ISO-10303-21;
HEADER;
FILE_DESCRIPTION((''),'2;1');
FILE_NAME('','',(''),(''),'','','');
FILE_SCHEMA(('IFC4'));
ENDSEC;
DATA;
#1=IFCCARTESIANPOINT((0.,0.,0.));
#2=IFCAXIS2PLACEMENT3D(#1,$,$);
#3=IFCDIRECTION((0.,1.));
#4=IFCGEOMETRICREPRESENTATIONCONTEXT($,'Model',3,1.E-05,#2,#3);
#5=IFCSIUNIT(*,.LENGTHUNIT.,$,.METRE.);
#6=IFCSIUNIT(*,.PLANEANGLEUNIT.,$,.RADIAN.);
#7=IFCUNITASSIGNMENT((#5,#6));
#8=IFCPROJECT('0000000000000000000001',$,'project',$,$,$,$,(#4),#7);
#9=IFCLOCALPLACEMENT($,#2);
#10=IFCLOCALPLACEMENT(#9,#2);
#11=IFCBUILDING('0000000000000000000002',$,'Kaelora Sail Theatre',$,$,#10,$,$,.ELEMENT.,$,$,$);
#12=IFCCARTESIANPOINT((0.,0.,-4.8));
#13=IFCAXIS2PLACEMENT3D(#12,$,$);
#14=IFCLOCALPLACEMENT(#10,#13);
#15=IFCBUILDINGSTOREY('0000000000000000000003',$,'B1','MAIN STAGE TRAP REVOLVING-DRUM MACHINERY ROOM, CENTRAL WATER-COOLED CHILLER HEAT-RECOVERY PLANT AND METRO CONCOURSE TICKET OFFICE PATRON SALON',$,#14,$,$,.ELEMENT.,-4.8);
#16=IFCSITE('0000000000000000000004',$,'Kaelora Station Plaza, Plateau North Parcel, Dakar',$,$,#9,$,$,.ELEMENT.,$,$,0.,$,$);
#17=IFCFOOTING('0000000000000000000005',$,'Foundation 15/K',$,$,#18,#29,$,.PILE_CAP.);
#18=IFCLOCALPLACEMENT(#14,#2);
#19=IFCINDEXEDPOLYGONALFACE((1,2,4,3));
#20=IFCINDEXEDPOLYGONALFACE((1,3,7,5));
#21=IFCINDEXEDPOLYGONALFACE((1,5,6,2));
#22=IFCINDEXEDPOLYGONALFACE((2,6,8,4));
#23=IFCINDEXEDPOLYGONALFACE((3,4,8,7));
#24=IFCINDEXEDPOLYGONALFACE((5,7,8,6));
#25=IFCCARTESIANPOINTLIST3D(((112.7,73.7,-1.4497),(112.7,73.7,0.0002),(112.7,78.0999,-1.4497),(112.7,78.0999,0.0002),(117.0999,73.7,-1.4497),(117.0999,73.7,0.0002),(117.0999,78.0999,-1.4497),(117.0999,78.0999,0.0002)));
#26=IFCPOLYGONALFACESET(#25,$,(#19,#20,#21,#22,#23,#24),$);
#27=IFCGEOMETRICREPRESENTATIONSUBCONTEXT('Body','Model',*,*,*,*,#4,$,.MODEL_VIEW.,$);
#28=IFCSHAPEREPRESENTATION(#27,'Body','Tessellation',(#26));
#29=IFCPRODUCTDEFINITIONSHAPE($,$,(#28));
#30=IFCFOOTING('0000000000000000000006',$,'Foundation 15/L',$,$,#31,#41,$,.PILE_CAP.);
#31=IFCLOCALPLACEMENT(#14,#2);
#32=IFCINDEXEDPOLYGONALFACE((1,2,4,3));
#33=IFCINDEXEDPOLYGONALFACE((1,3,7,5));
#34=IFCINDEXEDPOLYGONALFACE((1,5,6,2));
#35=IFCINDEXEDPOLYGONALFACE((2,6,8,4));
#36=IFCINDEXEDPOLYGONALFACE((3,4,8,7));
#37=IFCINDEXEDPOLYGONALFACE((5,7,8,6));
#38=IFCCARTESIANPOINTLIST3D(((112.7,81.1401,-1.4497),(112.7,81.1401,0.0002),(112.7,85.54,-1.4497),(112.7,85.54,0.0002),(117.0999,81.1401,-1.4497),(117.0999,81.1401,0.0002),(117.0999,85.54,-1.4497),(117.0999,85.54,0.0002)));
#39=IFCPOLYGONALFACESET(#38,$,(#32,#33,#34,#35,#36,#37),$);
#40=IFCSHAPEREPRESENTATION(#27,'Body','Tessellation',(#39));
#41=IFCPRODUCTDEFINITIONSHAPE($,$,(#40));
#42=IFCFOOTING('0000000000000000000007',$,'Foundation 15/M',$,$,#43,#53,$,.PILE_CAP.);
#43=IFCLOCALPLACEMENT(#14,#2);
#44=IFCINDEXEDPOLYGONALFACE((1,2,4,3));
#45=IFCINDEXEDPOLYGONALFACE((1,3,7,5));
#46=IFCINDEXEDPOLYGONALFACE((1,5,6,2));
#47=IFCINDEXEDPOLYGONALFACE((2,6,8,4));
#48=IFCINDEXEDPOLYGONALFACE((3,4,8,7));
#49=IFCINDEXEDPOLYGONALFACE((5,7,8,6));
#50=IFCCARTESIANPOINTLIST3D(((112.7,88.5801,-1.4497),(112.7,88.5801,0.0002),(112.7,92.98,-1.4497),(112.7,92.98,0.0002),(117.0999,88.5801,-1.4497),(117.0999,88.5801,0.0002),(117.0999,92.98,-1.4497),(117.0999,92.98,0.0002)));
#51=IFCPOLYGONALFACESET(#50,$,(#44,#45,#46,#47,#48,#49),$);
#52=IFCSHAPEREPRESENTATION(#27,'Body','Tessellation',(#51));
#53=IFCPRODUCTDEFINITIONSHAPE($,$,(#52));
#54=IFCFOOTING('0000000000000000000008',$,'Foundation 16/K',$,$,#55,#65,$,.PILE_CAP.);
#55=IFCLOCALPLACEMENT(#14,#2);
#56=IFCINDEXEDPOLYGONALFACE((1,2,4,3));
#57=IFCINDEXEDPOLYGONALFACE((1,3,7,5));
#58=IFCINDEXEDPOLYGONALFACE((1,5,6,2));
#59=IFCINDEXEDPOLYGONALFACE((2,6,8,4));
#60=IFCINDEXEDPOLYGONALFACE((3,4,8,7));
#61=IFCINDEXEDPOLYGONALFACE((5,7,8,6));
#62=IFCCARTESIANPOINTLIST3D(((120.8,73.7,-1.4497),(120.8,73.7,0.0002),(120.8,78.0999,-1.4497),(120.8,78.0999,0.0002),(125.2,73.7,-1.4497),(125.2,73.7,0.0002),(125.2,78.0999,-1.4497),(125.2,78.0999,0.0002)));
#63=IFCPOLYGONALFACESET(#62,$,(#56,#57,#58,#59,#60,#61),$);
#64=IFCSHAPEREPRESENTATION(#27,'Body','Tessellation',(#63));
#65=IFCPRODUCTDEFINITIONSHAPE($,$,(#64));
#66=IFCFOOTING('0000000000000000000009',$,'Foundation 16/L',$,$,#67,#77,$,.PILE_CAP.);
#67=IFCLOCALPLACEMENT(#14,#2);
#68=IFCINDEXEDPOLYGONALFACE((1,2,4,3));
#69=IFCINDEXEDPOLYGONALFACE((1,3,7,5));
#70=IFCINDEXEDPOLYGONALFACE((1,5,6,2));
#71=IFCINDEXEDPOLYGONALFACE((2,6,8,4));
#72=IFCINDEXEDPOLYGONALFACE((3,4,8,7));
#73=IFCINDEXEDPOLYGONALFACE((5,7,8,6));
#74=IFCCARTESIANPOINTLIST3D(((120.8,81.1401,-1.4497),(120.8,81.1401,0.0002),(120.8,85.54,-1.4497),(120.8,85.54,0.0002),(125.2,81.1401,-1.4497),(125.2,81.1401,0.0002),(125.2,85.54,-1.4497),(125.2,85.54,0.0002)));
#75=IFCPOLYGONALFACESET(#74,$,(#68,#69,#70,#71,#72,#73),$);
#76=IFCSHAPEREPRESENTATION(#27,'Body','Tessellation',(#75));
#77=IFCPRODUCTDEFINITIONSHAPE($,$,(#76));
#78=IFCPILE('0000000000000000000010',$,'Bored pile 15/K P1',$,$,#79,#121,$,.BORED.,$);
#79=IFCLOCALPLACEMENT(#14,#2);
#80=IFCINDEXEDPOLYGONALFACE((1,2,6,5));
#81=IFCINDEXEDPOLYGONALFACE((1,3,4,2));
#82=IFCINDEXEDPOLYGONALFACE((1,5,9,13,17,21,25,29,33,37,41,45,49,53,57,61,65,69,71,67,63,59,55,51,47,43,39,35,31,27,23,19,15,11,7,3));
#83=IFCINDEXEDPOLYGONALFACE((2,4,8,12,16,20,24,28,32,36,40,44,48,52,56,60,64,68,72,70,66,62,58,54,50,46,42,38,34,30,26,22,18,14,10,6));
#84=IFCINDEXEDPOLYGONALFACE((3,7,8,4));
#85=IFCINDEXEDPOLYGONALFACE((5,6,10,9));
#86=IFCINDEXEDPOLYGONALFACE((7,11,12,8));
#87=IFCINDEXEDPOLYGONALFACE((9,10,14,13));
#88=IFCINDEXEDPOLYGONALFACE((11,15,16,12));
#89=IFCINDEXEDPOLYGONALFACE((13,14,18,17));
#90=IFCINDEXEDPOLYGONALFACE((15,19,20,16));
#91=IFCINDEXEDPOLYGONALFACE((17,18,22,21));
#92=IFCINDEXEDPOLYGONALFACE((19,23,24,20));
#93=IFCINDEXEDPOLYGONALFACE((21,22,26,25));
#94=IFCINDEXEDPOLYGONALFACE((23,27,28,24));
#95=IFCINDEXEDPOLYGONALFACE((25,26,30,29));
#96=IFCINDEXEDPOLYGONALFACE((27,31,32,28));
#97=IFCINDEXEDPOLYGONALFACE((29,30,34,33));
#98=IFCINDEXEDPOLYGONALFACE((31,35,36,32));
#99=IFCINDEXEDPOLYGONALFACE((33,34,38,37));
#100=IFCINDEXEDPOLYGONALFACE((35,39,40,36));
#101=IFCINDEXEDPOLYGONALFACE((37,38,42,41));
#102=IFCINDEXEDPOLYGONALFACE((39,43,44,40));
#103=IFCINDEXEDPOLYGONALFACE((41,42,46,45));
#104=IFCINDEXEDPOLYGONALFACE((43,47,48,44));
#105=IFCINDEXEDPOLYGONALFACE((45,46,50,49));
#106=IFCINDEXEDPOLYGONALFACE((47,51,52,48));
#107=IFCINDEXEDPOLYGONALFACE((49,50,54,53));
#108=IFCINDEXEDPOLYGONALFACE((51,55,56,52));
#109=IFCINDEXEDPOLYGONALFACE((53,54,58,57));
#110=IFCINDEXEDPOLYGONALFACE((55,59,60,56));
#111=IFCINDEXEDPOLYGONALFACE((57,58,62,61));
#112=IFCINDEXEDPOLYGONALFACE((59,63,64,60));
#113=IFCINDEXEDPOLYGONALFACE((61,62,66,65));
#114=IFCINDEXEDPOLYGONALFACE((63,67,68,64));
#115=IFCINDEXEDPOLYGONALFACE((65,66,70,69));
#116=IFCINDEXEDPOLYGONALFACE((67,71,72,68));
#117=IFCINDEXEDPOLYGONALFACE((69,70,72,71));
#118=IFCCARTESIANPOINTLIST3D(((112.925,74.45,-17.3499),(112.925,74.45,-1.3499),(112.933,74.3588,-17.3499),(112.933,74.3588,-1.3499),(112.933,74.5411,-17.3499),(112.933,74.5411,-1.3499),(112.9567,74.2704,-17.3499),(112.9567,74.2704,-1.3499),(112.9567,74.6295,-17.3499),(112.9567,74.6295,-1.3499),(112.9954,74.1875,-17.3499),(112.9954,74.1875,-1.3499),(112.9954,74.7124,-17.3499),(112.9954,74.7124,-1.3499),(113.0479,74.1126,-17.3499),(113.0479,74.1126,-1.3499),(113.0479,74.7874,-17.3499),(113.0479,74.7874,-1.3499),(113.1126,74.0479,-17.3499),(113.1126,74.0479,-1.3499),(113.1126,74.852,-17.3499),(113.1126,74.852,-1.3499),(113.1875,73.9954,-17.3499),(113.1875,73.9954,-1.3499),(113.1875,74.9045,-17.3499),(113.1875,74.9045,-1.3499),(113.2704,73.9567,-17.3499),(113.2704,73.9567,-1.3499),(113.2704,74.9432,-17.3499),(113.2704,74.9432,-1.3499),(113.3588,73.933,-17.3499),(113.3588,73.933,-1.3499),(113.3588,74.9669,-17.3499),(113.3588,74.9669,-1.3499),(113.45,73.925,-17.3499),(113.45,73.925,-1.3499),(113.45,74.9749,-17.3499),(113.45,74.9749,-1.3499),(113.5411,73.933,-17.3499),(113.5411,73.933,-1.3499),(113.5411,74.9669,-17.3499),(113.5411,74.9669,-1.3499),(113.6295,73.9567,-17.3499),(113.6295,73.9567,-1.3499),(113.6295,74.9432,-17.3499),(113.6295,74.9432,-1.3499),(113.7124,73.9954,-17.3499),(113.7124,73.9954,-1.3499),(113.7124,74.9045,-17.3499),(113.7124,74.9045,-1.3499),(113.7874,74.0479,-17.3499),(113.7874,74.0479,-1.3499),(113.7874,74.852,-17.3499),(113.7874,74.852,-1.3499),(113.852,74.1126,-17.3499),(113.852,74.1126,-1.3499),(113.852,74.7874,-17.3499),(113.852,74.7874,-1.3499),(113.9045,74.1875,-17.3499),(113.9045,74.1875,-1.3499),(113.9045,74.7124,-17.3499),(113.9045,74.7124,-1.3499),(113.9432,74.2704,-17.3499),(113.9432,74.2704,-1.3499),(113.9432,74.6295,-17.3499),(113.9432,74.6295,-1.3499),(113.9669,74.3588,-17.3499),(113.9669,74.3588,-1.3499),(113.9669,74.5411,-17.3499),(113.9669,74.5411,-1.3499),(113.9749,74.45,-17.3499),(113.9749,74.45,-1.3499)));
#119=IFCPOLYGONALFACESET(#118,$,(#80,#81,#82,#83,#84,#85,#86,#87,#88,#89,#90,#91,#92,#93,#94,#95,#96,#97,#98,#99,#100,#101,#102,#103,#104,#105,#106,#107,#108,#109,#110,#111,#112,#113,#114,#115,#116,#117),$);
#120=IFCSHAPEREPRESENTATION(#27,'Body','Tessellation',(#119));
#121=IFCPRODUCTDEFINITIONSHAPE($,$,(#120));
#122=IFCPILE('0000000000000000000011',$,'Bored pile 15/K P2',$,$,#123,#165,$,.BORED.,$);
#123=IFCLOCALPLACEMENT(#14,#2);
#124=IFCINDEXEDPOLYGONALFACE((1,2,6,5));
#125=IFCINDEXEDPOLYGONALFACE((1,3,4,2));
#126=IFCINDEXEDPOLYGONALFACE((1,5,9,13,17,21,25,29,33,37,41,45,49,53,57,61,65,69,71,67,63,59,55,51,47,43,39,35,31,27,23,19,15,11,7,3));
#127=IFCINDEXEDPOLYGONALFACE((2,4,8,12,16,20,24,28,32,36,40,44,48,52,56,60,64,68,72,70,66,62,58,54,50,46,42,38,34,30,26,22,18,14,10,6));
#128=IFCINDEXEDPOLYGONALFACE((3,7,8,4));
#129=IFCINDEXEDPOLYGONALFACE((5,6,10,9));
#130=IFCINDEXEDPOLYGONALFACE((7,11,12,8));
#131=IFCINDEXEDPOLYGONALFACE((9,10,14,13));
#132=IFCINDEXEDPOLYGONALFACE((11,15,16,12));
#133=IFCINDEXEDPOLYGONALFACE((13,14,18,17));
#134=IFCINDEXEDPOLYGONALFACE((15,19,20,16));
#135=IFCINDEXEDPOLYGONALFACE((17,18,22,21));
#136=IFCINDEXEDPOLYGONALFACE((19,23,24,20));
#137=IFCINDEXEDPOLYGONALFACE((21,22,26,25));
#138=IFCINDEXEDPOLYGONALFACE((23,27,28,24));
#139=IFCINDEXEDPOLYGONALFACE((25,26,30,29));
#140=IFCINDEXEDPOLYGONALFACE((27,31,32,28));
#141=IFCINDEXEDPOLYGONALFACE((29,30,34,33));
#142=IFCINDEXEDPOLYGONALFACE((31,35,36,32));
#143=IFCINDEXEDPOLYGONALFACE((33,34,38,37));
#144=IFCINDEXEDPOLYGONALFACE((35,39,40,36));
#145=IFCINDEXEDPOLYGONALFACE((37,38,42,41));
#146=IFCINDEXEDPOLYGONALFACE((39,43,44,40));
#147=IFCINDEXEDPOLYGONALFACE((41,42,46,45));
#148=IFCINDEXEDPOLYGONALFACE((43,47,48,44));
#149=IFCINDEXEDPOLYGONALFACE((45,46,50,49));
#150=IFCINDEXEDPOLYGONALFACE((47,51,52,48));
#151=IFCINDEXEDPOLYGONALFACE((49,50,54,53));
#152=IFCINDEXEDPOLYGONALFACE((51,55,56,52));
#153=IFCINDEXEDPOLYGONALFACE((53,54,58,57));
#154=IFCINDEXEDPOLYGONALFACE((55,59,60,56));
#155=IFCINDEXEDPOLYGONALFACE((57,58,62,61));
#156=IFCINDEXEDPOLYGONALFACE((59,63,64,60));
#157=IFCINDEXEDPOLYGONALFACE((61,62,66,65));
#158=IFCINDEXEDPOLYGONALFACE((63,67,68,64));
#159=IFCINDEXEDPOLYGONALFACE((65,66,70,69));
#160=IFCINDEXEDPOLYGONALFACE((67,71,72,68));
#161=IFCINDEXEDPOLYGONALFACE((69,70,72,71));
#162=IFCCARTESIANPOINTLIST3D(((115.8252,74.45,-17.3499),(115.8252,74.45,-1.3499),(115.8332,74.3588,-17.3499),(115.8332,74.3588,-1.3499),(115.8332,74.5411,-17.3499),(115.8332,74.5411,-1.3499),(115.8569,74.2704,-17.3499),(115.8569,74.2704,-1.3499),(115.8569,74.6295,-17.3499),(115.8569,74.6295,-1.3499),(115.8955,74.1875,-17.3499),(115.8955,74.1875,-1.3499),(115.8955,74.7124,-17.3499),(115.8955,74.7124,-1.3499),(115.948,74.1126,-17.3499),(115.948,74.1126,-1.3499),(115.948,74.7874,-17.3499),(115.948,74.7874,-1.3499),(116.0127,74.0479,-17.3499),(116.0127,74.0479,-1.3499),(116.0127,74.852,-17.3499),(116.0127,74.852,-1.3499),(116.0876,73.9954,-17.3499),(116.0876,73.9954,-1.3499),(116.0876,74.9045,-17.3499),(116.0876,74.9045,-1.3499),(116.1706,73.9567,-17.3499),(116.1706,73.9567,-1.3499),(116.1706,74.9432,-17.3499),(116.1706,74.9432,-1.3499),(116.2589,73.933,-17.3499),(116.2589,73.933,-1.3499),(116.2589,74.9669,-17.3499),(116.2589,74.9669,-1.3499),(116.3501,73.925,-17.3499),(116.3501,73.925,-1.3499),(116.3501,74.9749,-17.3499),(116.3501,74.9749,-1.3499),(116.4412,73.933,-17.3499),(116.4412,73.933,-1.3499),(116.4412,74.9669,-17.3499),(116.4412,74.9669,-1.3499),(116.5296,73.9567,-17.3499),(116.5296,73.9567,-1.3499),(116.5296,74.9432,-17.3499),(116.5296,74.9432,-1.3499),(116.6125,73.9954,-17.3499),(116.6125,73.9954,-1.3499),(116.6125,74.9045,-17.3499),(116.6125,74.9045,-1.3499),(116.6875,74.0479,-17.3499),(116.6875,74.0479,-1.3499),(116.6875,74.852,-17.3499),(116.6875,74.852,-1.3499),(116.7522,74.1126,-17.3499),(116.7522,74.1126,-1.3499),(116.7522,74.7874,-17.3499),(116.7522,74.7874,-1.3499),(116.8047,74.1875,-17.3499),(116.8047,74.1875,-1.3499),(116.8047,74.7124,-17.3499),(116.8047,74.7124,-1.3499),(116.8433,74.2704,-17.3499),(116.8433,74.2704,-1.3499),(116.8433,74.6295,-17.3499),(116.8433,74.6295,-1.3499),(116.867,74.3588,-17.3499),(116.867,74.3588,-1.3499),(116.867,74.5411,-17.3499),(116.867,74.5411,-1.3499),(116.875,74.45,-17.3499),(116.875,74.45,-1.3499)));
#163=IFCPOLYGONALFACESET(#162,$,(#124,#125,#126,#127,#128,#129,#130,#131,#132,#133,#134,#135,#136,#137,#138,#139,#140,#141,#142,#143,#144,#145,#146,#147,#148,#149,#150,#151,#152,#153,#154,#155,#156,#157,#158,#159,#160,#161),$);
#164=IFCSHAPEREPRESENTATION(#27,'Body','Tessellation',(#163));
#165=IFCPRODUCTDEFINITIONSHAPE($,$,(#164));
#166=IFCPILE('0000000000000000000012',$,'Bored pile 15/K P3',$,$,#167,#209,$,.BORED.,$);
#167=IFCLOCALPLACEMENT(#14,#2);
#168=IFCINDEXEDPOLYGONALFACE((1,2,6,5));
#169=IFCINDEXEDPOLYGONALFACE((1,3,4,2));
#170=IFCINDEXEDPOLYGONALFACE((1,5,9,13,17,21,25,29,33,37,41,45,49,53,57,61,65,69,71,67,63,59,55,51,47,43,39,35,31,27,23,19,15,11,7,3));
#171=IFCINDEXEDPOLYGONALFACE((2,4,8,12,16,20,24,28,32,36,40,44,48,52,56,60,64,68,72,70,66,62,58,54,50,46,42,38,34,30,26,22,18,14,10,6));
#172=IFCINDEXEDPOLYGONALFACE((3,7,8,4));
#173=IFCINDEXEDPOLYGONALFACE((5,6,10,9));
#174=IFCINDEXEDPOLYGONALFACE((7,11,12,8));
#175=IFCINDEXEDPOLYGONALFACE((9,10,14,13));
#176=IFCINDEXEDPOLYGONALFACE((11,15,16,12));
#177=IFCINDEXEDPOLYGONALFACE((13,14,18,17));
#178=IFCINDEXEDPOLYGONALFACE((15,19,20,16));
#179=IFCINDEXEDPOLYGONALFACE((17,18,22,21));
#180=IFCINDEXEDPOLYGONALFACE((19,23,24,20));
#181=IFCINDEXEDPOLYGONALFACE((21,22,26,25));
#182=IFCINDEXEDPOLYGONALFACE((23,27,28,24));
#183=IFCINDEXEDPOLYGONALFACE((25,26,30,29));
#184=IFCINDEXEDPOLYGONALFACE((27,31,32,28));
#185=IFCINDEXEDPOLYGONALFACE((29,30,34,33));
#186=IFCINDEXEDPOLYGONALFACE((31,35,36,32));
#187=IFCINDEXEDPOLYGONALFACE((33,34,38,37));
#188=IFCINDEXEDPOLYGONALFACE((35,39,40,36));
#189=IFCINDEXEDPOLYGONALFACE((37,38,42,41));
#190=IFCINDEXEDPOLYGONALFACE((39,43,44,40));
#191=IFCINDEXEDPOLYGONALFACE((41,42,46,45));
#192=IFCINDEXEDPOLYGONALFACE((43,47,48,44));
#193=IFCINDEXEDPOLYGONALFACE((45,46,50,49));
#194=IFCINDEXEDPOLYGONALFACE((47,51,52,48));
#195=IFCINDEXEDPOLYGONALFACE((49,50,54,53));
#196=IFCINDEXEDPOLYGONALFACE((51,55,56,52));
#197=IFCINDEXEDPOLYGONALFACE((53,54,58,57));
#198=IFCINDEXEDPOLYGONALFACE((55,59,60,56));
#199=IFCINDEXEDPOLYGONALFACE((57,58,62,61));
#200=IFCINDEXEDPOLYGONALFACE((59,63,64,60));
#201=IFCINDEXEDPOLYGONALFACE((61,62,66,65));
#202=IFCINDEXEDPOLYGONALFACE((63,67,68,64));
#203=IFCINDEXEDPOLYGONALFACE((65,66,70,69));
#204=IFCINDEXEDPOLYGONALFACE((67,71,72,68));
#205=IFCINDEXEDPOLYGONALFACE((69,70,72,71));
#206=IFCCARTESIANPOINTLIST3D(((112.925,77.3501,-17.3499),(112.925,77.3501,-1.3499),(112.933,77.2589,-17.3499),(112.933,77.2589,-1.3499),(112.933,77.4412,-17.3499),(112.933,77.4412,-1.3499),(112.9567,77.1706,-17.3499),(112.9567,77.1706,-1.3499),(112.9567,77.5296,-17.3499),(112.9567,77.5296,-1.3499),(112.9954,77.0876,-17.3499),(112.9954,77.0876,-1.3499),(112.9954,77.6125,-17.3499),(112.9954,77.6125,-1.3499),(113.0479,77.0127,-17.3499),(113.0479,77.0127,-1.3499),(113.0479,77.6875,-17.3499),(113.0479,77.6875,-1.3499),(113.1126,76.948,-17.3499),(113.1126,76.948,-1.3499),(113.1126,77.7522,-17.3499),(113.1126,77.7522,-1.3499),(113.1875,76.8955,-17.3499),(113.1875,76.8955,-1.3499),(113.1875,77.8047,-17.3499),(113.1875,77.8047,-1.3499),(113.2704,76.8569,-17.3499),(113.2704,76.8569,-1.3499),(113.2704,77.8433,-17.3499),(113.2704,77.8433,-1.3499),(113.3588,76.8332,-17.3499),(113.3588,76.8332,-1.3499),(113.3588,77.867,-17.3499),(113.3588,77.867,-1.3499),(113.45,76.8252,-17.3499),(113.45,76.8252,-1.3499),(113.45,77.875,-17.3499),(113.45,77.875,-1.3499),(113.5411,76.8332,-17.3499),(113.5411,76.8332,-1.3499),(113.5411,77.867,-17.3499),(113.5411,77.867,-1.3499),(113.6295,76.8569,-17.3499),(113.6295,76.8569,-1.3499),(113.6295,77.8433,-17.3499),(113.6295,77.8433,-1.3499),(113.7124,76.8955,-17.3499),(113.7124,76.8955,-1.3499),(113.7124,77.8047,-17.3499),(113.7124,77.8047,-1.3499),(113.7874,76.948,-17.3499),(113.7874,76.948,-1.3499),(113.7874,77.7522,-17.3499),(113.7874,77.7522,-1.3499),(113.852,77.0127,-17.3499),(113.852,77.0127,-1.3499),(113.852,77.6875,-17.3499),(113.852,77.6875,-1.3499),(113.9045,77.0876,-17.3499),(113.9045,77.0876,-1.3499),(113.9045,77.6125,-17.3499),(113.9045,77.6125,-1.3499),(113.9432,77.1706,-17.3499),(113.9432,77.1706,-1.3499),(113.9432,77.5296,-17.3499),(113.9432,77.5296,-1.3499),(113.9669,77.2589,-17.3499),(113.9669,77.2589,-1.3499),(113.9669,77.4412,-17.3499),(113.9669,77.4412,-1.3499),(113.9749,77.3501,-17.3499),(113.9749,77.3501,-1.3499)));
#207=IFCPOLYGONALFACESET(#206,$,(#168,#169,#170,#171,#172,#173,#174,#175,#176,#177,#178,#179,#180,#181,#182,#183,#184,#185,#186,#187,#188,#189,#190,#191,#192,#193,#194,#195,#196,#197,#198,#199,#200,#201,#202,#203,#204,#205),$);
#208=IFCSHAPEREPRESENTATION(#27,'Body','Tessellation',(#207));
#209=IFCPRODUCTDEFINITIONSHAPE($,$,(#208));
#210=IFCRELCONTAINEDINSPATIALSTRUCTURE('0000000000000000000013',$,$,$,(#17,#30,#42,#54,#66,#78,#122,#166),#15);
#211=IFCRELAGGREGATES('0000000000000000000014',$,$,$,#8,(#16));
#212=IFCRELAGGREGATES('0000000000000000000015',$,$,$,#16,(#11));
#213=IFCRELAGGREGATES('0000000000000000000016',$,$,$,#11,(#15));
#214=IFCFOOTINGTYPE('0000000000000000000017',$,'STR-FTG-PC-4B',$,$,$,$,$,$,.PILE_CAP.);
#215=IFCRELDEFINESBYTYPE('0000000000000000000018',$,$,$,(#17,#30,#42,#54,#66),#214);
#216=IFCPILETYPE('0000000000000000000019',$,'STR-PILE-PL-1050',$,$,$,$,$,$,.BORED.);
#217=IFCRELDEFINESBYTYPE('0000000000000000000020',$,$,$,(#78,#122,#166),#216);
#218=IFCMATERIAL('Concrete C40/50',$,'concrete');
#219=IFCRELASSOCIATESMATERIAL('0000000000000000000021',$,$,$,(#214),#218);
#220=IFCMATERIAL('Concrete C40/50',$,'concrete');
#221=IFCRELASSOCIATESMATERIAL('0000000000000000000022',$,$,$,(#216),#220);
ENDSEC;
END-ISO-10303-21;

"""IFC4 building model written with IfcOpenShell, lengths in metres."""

from ifc_helpers import new_model, si_unit, direction, frame, origin, origin_2d, place, context, subcontext, project, spatial, rectangle, circle, extrude, material, material_profile, profile_set, type_object, element, save


model = new_model("IFC4")

# Units and contexts
model_context = context("Model", 3, precision=1e-05, world=origin(), true_north=direction((0.0, 1.0)))
body_context = subcontext(model_context, "Body", "Model", "MODEL_VIEW")
ifc_project = project(units=[si_unit("LENGTHUNIT", "METRE"), si_unit("PLANEANGLEUNIT", "RADIAN")], contexts=[model_context])

# Site, building, storey
site_placement = place(None, origin())
site = spatial("IfcSite", under=ifc_project, at=site_placement, Name="Kaelora Station Plaza, Plateau North Parcel, Dakar", CompositionType="ELEMENT", RefElevation=0.0)
building_placement = place(site_placement, origin())
building = spatial("IfcBuilding", under=site, at=building_placement, Name="Kaelora Sail Theatre", CompositionType="ELEMENT")
storey_placement = place(building_placement, frame((0.0, 0.0, -4.8)))
storey = spatial("IfcBuildingStorey", under=building, at=storey_placement, Name="B1", Description="MAIN STAGE TRAP REVOLVING-DRUM MACHINERY ROOM, CENTRAL WATER-COOLED CHILLER HEAT-RECOVERY PLANT AND METRO CONCOURSE TICKET OFFICE PATRON SALON", CompositionType="ELEMENT", Elevation=-4.8)

# Footings
ifc_material_1 = material(Name="Concrete C40/50", Category="concrete")
footing_type = type_object("IfcFootingType", Name="STR-FTG-PC-4B", PredefinedType="PILE_CAP", material=ifc_material_1)
for number, where, z_axis, x_axis, name in (
    (1, (114.8999, 75.8999, -1.4497), (0.0, 0.0, 1.0), (1.0, 0.0, 0.0), "Foundation 15/K"),
    (2, (114.8999, 83.3401, -1.4497), (0.0, 0.0, 1.0), (1.0, 0.0, 0.0), "Foundation 15/L"),
    (3, (114.8999, 90.78, -1.4497), (0.0, 0.0, 1.0), (1.0, 0.0, 0.0), "Foundation 15/M"),
    (4, (123.0, 75.8999, -1.4497), (0.0, 0.0, 1.0), (1.0, 0.0, 0.0), "Foundation 16/K"),
    (5, (123.0, 83.3401, -1.4497), (0.0, 0.0, 1.0), (1.0, 0.0, 0.0), "Foundation 16/L"),
):
    element("IfcFooting", number, at=place(storey_placement, frame(where, z_axis=z_axis, x_axis=x_axis)), inside=storey, type_object=footing_type, Name=name, PredefinedType="PILE_CAP", context=body_context, shape_type="SweptSolid", body=[
        extrude(rectangle(XDim=4.3999, YDim=4.3999, at=origin_2d()), origin(), (0.0, 0.0, 1.0), 1.45),
    ])

# Piles
ifc_material_2 = material(Name="Concrete C40/50", Category="concrete")
ifc_material_profile_1 = material_profile(ifc_material_2, circle(Radius=0.5249, at=origin_2d()), Name="PILE D1050")
ifc_profile_set_1 = profile_set([ifc_material_profile_1], Name="Concrete C40/50")
pile_type = type_object("IfcPileType", Name="STR-PILE-PL-1050", PredefinedType="BORED", material=ifc_profile_set_1)
for number, where, z_axis, x_axis, name in (
    (6, (113.45, 74.45, -1.3499), (0.0, 0.0, -1.0), (1.0, 0.0, 0.0), "Bored pile 15/K P1"),
    (7, (116.3501, 74.45, -1.3499), (0.0, 0.0, -1.0), (1.0, 0.0, 0.0), "Bored pile 15/K P2"),
    (8, (113.45, 77.3501, -1.3499), (0.0, 0.0, -1.0), (1.0, 0.0, 0.0), "Bored pile 15/K P3"),
):
    element("IfcPile", number, at=place(storey_placement, frame(where, z_axis=z_axis, x_axis=x_axis)), inside=storey, type_object=pile_type, Name=name, PredefinedType="BORED", context=body_context, shape_type="SweptSolid", body=[
        extrude(circle(Radius=0.5249, at=origin_2d()), origin(), (0.0, 0.0, 1.0), 16.0),
    ])

save(model, "model.ifc")
